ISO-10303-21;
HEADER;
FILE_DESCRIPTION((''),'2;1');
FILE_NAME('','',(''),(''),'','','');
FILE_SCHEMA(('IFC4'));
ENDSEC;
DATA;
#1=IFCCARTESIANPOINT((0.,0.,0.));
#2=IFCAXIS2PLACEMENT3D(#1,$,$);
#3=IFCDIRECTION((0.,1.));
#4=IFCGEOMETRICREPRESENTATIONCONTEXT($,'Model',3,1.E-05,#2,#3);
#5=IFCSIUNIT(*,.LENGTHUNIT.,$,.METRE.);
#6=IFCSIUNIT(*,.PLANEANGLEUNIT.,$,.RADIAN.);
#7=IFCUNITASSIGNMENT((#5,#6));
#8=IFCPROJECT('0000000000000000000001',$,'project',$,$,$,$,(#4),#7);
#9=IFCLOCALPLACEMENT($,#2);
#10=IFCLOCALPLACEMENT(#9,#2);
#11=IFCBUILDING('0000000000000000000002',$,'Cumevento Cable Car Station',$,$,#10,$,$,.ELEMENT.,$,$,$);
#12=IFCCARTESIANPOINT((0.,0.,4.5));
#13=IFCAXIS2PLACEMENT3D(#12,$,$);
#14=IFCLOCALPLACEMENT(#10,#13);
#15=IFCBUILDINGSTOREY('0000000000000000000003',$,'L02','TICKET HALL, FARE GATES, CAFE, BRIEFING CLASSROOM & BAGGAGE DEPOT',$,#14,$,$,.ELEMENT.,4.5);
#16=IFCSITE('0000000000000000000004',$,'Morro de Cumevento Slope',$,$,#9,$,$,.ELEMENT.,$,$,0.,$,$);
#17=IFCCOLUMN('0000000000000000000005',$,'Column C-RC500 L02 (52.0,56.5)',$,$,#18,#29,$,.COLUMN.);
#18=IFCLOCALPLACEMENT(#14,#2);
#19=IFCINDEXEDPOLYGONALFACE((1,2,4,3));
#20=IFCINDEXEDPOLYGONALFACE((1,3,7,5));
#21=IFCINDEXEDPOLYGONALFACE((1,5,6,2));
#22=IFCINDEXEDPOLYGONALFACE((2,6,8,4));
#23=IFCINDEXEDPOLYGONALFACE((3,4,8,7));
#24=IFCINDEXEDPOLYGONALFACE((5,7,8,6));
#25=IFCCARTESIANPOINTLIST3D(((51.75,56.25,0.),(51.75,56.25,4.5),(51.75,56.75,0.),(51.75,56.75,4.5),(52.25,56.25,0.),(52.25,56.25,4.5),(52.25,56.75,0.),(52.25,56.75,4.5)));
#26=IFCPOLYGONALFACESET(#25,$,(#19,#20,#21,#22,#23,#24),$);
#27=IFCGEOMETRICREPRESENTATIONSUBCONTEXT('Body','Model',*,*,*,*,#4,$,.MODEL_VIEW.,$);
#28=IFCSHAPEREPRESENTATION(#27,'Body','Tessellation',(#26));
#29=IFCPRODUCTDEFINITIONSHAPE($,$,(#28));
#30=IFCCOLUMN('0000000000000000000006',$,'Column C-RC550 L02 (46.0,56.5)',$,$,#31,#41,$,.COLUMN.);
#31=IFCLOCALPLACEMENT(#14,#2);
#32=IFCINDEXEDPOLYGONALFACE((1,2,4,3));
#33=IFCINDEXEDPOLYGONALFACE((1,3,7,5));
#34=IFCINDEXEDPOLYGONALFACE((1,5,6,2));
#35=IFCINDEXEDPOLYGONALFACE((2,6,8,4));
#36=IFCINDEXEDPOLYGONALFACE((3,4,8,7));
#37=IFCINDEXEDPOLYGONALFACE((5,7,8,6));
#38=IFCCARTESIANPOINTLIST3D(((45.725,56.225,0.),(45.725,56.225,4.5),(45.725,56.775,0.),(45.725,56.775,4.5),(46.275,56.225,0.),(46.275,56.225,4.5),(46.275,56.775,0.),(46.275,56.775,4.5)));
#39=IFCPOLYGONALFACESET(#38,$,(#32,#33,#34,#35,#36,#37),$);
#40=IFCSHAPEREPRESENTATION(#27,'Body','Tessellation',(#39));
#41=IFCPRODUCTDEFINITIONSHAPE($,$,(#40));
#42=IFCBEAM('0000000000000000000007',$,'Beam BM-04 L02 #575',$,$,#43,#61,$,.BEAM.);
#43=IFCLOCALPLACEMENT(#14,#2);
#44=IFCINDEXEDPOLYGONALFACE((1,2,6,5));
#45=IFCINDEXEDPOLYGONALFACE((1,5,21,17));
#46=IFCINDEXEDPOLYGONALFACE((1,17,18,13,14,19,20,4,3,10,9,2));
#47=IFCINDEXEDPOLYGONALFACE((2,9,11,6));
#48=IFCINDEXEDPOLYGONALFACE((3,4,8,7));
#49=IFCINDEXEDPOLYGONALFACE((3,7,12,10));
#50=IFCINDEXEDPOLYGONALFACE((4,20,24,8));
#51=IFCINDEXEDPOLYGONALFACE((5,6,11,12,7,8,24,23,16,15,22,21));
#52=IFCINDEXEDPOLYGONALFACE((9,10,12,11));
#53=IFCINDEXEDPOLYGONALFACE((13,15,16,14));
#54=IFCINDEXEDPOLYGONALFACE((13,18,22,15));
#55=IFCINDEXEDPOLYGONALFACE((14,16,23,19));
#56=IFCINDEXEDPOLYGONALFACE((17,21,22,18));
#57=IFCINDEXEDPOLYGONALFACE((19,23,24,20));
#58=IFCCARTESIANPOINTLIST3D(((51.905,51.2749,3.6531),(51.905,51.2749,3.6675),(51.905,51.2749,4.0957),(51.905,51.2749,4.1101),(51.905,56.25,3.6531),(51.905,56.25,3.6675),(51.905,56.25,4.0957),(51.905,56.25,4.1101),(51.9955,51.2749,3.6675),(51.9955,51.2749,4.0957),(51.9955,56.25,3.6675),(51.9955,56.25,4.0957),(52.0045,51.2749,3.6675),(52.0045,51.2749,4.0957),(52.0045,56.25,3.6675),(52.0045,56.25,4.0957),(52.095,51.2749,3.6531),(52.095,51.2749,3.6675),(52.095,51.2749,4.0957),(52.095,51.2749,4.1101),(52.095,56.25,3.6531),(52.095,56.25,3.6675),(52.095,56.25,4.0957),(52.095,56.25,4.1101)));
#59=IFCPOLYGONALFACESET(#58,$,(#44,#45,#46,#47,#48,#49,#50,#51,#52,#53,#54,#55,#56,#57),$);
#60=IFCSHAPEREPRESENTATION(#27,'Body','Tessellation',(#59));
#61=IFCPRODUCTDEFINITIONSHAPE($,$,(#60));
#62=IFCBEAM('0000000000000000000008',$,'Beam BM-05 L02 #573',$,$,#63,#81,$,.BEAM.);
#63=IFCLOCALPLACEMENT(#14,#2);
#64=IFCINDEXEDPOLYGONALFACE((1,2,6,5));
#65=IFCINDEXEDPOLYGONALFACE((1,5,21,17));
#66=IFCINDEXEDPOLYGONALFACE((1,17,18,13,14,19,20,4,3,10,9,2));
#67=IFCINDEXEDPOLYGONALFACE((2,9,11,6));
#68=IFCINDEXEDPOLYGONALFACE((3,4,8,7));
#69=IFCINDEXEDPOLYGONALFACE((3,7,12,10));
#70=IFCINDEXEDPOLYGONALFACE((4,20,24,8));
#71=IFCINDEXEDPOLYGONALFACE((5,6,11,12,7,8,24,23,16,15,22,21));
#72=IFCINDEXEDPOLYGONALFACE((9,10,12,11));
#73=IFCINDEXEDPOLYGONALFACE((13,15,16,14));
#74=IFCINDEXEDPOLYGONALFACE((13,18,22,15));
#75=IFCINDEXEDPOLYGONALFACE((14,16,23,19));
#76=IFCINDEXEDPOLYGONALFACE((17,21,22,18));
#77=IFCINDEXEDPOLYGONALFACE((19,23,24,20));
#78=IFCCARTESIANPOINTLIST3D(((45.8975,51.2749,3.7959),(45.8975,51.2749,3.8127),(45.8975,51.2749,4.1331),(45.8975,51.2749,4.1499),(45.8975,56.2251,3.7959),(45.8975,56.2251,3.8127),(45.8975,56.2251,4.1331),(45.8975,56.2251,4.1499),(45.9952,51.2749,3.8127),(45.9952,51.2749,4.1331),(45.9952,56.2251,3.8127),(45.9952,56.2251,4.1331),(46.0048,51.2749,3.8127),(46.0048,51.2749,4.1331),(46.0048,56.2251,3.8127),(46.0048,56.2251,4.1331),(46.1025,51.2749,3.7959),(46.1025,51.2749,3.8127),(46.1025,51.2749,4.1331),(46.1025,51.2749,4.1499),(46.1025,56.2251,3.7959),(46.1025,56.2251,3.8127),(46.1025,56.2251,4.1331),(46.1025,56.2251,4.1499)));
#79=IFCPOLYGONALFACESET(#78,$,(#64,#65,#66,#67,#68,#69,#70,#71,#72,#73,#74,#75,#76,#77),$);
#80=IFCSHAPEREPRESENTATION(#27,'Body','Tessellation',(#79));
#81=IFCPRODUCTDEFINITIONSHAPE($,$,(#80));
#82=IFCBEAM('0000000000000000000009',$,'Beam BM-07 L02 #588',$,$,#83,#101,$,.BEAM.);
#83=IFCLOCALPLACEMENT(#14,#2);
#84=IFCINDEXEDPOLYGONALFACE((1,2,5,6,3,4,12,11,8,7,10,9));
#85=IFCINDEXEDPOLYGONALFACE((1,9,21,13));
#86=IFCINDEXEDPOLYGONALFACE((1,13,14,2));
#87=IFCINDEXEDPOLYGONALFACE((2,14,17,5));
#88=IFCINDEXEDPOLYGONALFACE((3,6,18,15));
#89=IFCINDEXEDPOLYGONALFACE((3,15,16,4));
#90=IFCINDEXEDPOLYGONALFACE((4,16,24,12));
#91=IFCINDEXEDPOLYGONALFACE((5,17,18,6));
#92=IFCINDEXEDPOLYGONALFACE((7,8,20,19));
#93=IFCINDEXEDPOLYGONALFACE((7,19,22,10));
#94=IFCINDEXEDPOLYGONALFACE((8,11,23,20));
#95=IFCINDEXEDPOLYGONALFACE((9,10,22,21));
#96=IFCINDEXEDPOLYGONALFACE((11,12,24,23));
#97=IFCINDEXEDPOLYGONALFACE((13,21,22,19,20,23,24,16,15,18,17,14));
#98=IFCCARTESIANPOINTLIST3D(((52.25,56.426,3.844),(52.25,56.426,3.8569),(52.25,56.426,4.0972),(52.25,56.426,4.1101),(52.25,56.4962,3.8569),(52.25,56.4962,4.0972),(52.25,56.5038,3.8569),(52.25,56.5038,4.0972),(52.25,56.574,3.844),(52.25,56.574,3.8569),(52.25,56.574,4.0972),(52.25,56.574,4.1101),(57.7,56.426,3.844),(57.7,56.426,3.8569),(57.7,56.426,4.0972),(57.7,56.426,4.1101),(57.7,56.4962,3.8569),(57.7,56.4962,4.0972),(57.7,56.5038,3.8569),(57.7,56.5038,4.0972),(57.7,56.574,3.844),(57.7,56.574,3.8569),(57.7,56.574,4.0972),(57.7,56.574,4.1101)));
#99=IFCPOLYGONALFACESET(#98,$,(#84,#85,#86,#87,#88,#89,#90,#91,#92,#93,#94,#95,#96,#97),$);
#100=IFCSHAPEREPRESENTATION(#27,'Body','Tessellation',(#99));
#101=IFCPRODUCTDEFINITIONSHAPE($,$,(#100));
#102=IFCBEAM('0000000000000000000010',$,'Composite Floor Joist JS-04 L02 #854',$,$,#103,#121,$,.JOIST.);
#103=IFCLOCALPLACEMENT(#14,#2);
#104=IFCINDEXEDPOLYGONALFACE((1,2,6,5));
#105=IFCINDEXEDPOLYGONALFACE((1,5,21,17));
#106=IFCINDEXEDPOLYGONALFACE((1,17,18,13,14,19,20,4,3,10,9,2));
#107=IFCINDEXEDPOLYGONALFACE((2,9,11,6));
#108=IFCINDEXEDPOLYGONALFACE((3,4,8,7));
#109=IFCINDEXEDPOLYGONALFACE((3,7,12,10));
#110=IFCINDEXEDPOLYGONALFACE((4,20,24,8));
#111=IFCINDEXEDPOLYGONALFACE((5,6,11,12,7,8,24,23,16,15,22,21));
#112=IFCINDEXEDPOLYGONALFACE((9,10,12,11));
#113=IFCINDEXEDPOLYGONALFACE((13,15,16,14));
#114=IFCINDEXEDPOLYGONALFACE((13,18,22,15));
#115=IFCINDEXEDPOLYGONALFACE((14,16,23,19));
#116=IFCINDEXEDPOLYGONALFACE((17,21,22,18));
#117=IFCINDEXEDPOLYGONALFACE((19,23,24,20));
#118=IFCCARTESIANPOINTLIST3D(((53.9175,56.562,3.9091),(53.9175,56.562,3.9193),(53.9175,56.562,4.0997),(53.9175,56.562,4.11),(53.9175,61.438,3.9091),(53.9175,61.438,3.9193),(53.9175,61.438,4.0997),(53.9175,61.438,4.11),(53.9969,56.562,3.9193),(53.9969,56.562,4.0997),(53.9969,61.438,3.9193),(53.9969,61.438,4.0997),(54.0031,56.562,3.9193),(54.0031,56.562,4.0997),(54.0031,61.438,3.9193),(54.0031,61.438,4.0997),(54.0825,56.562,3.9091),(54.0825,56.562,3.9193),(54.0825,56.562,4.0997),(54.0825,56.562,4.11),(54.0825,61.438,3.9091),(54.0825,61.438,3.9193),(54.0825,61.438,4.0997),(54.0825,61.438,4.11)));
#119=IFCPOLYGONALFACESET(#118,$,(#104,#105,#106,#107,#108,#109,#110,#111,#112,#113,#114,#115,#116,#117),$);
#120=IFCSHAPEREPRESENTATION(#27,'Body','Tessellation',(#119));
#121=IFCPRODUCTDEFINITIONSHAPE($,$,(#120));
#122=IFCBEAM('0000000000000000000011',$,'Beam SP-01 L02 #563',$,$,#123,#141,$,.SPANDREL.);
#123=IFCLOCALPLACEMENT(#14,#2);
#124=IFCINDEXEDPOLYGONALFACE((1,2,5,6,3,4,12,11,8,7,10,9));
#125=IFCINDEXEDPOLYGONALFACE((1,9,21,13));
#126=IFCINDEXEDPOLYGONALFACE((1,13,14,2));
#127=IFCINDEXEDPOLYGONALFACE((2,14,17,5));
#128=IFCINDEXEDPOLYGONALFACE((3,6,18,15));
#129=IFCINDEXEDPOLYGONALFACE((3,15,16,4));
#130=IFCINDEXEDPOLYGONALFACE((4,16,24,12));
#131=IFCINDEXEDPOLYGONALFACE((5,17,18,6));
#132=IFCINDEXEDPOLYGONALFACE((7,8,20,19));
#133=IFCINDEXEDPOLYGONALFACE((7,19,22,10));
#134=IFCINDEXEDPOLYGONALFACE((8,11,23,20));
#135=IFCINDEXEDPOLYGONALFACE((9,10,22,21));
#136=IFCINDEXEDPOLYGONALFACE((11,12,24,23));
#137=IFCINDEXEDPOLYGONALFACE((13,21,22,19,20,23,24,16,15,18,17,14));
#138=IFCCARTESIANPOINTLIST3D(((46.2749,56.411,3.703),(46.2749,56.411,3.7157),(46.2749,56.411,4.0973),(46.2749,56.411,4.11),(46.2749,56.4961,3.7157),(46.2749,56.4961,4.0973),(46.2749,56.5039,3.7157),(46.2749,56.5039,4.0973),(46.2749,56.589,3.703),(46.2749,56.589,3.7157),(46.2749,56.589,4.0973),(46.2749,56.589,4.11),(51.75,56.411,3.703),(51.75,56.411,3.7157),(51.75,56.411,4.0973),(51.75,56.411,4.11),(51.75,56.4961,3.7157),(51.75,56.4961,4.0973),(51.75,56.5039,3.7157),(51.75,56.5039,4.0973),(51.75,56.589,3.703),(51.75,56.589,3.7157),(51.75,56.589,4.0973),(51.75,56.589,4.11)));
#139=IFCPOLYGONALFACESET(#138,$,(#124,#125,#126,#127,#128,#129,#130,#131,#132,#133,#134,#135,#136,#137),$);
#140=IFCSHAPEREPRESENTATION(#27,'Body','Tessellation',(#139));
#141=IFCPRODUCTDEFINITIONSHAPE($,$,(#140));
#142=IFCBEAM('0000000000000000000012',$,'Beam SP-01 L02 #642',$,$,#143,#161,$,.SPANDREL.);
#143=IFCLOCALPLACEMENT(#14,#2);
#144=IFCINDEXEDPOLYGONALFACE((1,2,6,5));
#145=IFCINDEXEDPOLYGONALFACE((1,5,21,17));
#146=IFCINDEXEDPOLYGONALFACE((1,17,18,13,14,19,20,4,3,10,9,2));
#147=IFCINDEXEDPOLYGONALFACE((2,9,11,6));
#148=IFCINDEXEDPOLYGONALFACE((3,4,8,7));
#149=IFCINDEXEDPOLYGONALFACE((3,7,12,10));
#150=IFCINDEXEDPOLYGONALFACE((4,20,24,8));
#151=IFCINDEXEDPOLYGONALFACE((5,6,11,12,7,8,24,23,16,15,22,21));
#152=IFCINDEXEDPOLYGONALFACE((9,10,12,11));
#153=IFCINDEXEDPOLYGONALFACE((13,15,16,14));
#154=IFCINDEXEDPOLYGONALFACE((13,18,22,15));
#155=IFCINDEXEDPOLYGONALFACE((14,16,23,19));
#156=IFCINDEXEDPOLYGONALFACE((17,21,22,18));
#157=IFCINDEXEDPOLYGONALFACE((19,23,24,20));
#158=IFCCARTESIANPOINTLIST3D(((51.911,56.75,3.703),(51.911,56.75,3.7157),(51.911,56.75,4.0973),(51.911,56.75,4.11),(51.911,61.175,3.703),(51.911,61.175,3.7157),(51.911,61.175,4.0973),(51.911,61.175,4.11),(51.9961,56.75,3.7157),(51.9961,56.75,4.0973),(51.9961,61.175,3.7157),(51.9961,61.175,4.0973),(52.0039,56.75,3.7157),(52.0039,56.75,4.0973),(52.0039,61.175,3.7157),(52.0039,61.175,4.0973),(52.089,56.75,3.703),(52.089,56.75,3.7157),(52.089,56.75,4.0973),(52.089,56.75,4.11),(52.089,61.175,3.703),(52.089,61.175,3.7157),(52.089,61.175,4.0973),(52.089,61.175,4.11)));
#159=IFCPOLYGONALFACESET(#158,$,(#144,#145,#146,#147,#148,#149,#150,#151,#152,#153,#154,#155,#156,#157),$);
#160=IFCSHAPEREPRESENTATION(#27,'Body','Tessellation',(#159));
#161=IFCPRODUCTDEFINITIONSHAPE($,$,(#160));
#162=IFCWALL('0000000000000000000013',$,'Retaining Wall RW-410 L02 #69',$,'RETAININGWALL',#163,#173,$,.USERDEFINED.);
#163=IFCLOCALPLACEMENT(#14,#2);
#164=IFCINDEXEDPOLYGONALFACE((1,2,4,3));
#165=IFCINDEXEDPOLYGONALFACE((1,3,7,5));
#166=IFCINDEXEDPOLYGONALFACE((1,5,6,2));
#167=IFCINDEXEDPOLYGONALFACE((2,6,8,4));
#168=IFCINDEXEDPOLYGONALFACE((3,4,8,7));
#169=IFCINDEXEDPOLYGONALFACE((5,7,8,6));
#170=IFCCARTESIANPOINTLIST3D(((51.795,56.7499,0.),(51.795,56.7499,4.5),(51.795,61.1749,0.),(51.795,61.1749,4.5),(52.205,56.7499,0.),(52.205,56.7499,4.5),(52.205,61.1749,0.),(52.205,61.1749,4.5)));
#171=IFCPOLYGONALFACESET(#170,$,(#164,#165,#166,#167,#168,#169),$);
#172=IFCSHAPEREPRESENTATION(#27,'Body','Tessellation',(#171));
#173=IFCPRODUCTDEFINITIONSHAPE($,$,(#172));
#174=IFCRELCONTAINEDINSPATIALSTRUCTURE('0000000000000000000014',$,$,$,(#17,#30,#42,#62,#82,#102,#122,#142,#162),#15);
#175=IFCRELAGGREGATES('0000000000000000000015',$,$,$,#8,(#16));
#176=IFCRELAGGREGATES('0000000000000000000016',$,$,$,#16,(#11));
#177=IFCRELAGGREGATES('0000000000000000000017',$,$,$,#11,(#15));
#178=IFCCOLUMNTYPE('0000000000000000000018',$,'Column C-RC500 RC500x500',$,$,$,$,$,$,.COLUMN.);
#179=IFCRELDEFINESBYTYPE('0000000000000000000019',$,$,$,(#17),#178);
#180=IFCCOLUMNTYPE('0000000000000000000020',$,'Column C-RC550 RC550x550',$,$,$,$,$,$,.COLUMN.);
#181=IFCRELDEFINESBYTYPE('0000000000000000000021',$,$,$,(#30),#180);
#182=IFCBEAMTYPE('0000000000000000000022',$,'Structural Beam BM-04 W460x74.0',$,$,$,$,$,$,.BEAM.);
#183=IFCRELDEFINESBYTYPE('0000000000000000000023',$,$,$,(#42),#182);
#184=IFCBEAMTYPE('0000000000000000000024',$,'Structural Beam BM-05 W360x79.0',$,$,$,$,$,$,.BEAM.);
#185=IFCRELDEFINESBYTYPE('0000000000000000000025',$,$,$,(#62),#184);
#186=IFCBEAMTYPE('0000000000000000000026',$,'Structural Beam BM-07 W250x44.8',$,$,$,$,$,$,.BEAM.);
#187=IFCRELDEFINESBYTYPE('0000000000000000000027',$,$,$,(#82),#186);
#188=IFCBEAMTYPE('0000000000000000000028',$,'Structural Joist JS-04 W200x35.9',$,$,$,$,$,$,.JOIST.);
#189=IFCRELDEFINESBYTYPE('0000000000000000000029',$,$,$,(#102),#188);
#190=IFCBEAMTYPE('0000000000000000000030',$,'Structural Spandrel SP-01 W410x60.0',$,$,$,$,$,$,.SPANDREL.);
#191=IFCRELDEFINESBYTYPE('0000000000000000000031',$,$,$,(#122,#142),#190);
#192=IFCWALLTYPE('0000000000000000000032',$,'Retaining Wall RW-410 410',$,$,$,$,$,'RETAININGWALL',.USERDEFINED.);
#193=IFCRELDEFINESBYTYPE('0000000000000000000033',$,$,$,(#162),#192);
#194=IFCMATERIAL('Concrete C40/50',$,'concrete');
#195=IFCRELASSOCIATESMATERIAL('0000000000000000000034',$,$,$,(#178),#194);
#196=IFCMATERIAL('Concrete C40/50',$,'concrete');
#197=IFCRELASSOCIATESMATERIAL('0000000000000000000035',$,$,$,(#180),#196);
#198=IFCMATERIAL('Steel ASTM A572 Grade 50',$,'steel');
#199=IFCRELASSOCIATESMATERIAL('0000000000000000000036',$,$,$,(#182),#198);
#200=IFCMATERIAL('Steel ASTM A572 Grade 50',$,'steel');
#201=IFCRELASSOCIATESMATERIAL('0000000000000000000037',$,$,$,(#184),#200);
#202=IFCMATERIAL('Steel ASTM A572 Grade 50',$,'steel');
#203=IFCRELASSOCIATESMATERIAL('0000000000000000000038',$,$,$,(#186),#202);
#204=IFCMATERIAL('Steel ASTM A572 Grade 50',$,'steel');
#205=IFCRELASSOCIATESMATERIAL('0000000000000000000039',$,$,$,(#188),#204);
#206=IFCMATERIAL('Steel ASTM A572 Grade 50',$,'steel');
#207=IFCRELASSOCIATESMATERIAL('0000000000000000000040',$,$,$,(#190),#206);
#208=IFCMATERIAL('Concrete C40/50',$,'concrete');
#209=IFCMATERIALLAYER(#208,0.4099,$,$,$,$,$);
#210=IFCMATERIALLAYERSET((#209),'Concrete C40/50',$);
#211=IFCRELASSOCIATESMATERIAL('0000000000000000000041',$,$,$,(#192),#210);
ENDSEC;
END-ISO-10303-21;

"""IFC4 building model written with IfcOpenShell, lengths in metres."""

from ifc_helpers import new_model, si_unit, direction, frame, frame_2d, origin, origin_2d, place, context, subcontext, project, spatial, rectangle, i_section, extrude, material, layer, layer_set, material_profile, profile_set, type_object, element, save


model = new_model("IFC4")

# Units and contexts
model_context = context("Model", 3, precision=1e-05, world=origin(), true_north=direction((0.0, 1.0)))
body_context = subcontext(model_context, "Body", "Model", "MODEL_VIEW")
ifc_project = project(units=[si_unit("LENGTHUNIT", "METRE"), si_unit("PLANEANGLEUNIT", "RADIAN")], contexts=[model_context])

# Site, building, storey
site_placement = place(None, origin())
site = spatial("IfcSite", under=ifc_project, at=site_placement, Name="Morro de Cumevento Slope", CompositionType="ELEMENT", RefElevation=0.0)
building_placement = place(site_placement, origin())
building = spatial("IfcBuilding", under=site, at=building_placement, Name="Cumevento Cable Car Station", CompositionType="ELEMENT")
storey_placement = place(building_placement, frame((0.0, 0.0, 4.5)))
storey = spatial("IfcBuildingStorey", under=building, at=storey_placement, Name="L02", Description="TICKET HALL, FARE GATES, CAFE, BRIEFING CLASSROOM & BAGGAGE DEPOT", CompositionType="ELEMENT", Elevation=4.5)

# Columns
ifc_material_1 = material(Name="Concrete C40/50", Category="concrete")
ifc_material_profile_1 = material_profile(ifc_material_1, rectangle(XDim=0.5, YDim=0.5, at=origin_2d()), Name="RC500x500")
ifc_profile_set_1 = profile_set([ifc_material_profile_1], Name="Concrete C40/50")
column_type_1 = type_object("IfcColumnType", Name="Column C-RC500 RC500x500", PredefinedType="COLUMN", material=ifc_profile_set_1)
column_1_placement = place(storey_placement, frame((52.0, 56.5, 0.0), z_axis=(0.0, 0.0, 1.0), x_axis=(1.0, 0.0, 0.0)))
element("IfcColumn", 1, at=column_1_placement, inside=storey, type_object=column_type_1, Name="Column C-RC500 L02 (52.0,56.5)", PredefinedType="COLUMN", context=body_context, shape_type="SweptSolid", body=[
    extrude(rectangle(XDim=0.5, YDim=0.5, at=origin_2d()), origin(), (0.0, 0.0, 1.0), 4.5),
])
ifc_material_2 = material(Name="Concrete C40/50", Category="concrete")
ifc_material_profile_2 = material_profile(ifc_material_2, rectangle(XDim=0.55, YDim=0.55, at=origin_2d()), Name="RC550x550")
ifc_profile_set_2 = profile_set([ifc_material_profile_2], Name="Concrete C40/50")
column_type_2 = type_object("IfcColumnType", Name="Column C-RC550 RC550x550", PredefinedType="COLUMN", material=ifc_profile_set_2)
column_2_placement = place(storey_placement, frame((46.0, 56.5, 0.0), z_axis=(0.0, 0.0, 1.0), x_axis=(1.0, 0.0, 0.0)))
element("IfcColumn", 2, at=column_2_placement, inside=storey, type_object=column_type_2, Name="Column C-RC550 L02 (46.0,56.5)", PredefinedType="COLUMN", context=body_context, shape_type="SweptSolid", body=[
    extrude(rectangle(XDim=0.55, YDim=0.55, at=origin_2d()), origin(), (0.0, 0.0, 1.0), 4.5),
])

# Beams
ifc_material_3 = material(Name="Steel ASTM A572 Grade 50", Category="steel")
ifc_material_profile_3 = material_profile(ifc_material_3, i_section(OverallWidth=0.1899, OverallDepth=0.457, WebThickness=0.009, FlangeThickness=0.0144, at=origin_2d()), Name="W460x74.0")
ifc_profile_set_3 = profile_set([ifc_material_profile_3], Name="Steel ASTM A572 Grade 50")
beam_type_1 = type_object("IfcBeamType", Name="Structural Beam BM-04 W460x74.0", PredefinedType="BEAM", material=ifc_profile_set_3)
beam_1_placement = place(storey_placement, frame((52.0, 51.2749, 3.8816), z_axis=(0.0, 1.0, 0.0), x_axis=(-1.0, 0.0, 0.0)))
element("IfcBeam", 3, at=beam_1_placement, inside=storey, type_object=beam_type_1, Name="Beam BM-04 L02 #575", PredefinedType="BEAM", context=body_context, shape_type="SweptSolid", body=[
    extrude(i_section(OverallWidth=0.1899, OverallDepth=0.457, WebThickness=0.009, FlangeThickness=0.0144, at=origin_2d()), origin(), (0.0, 0.0, 1.0), 4.9751),
])
ifc_material_4 = material(Name="Steel ASTM A572 Grade 50", Category="steel")
ifc_material_profile_4 = material_profile(ifc_material_4, i_section(OverallWidth=0.2051, OverallDepth=0.354, WebThickness=0.0095, FlangeThickness=0.0168, at=origin_2d()), Name="W360x79.0")
ifc_profile_set_4 = profile_set([ifc_material_profile_4], Name="Steel ASTM A572 Grade 50")
beam_type_2 = type_object("IfcBeamType", Name="Structural Beam BM-05 W360x79.0", PredefinedType="BEAM", material=ifc_profile_set_4)
beam_2_placement = place(storey_placement, frame((46.0, 51.2749, 3.9729), z_axis=(0.0, 1.0, 0.0), x_axis=(-1.0, 0.0, 0.0)))
element("IfcBeam", 4, at=beam_2_placement, inside=storey, type_object=beam_type_2, Name="Beam BM-05 L02 #573", PredefinedType="BEAM", context=body_context, shape_type="SweptSolid", body=[
    extrude(i_section(OverallWidth=0.2051, OverallDepth=0.354, WebThickness=0.0095, FlangeThickness=0.0168, at=origin_2d()), origin(), (0.0, 0.0, 1.0), 4.9502),
])
ifc_material_5 = material(Name="Steel ASTM A572 Grade 50", Category="steel")
ifc_material_profile_5 = material_profile(ifc_material_5, i_section(OverallWidth=0.1479, OverallDepth=0.2661, WebThickness=0.0076, FlangeThickness=0.0129, at=origin_2d()), Name="W250x44.8")
ifc_profile_set_5 = profile_set([ifc_material_profile_5], Name="Steel ASTM A572 Grade 50")
beam_type_3 = type_object("IfcBeamType", Name="Structural Beam BM-07 W250x44.8", PredefinedType="BEAM", material=ifc_profile_set_5)
beam_3_placement = place(storey_placement, frame((52.25, 56.5, 3.9771), z_axis=(1.0, 0.0, 0.0), x_axis=(0.0, 1.0, 0.0)))
element("IfcBeam", 5, at=beam_3_placement, inside=storey, type_object=beam_type_3, Name="Beam BM-07 L02 #588", PredefinedType="BEAM", context=body_context, shape_type="SweptSolid", body=[
    extrude(i_section(OverallWidth=0.1479, OverallDepth=0.2661, WebThickness=0.0076, FlangeThickness=0.0129, at=origin_2d()), origin(), (0.0, 0.0, 1.0), 5.45),
])
ifc_material_6 = material(Name="Steel ASTM A572 Grade 50", Category="steel")
ifc_material_profile_6 = material_profile(ifc_material_6, i_section(OverallWidth=0.165, OverallDepth=0.2009, WebThickness=0.0061, FlangeThickness=0.0103, at=origin_2d()), Name="W200x35.9")
ifc_profile_set_6 = profile_set([ifc_material_profile_6], Name="Steel ASTM A572 Grade 50")
beam_type_4 = type_object("IfcBeamType", Name="Structural Joist JS-04 W200x35.9", PredefinedType="JOIST", material=ifc_profile_set_6)
beam_4_placement = place(storey_placement, frame((54.0, 56.562, 4.0095), z_axis=(0.0, 1.0, 0.0), x_axis=(-1.0, 0.0, 0.0)))
element("IfcBeam", 6, at=beam_4_placement, inside=storey, type_object=beam_type_4, Name="Composite Floor Joist JS-04 L02 #854", PredefinedType="JOIST", context=body_context, shape_type="SweptSolid", body=[
    extrude(i_section(OverallWidth=0.165, OverallDepth=0.2009, WebThickness=0.0061, FlangeThickness=0.0103, at=origin_2d()), origin(), (0.0, 0.0, 1.0), 4.876),
])
ifc_material_7 = material(Name="Steel ASTM A572 Grade 50", Category="steel")
ifc_material_profile_7 = material_profile(ifc_material_7, i_section(OverallWidth=0.178, OverallDepth=0.407, WebThickness=0.0078, FlangeThickness=0.0127, at=origin_2d()), Name="W410x60.0")
ifc_profile_set_7 = profile_set([ifc_material_profile_7], Name="Steel ASTM A572 Grade 50")
beam_type_5 = type_object("IfcBeamType", Name="Structural Spandrel SP-01 W410x60.0", PredefinedType="SPANDREL", material=ifc_profile_set_7)
beam_5_placement = place(storey_placement, frame((46.2749, 56.5, 3.9065), z_axis=(1.0, 0.0, 0.0), x_axis=(0.0, 1.0, 0.0)))
element("IfcBeam", 7, at=beam_5_placement, inside=storey, type_object=beam_type_5, Name="Beam SP-01 L02 #563", PredefinedType="SPANDREL", context=body_context, shape_type="SweptSolid", body=[
    extrude(i_section(OverallWidth=0.178, OverallDepth=0.407, WebThickness=0.0078, FlangeThickness=0.0127, at=origin_2d()), origin(), (0.0, 0.0, 1.0), 5.4751),
])
beam_6_placement = place(storey_placement, frame((52.0, 56.75, 3.9065), z_axis=(0.0, 1.0, 0.0), x_axis=(-1.0, 0.0, 0.0)))
element("IfcBeam", 8, at=beam_6_placement, inside=storey, type_object=beam_type_5, Name="Beam SP-01 L02 #642", PredefinedType="SPANDREL", context=body_context, shape_type="SweptSolid", body=[
    extrude(i_section(OverallWidth=0.178, OverallDepth=0.407, WebThickness=0.0078, FlangeThickness=0.0127, at=origin_2d()), origin(), (0.0, 0.0, 1.0), 4.425),
])

# Wall
ifc_material_8 = material(Name="Concrete C40/50", Category="concrete")
ifc_layer_1 = layer(ifc_material_8, 0.4099)
ifc_layer_set_1 = layer_set([ifc_layer_1], Name="Concrete C40/50")
wall_type_1 = type_object("IfcWallType", Name="Retaining Wall RW-410 410", ElementType="RETAININGWALL", PredefinedType="USERDEFINED", material=ifc_layer_set_1)
wall_1_placement = place(storey_placement, frame((52.0, 56.75, 0.0), z_axis=(0.0, 0.0, 1.0), x_axis=(0.0, 1.0, 0.0)))
element("IfcWall", 9, at=wall_1_placement, inside=storey, type_object=wall_type_1, Name="Retaining Wall RW-410 L02 #69", ObjectType="RETAININGWALL", PredefinedType="USERDEFINED", context=body_context, shape_type="SweptSolid", body=[
    extrude(rectangle(XDim=4.425, YDim=0.4099, at=frame_2d((2.2124, 0.0))), origin(), (0.0, 0.0, 1.0), 4.5),
])

save(model, "model.ifc")
